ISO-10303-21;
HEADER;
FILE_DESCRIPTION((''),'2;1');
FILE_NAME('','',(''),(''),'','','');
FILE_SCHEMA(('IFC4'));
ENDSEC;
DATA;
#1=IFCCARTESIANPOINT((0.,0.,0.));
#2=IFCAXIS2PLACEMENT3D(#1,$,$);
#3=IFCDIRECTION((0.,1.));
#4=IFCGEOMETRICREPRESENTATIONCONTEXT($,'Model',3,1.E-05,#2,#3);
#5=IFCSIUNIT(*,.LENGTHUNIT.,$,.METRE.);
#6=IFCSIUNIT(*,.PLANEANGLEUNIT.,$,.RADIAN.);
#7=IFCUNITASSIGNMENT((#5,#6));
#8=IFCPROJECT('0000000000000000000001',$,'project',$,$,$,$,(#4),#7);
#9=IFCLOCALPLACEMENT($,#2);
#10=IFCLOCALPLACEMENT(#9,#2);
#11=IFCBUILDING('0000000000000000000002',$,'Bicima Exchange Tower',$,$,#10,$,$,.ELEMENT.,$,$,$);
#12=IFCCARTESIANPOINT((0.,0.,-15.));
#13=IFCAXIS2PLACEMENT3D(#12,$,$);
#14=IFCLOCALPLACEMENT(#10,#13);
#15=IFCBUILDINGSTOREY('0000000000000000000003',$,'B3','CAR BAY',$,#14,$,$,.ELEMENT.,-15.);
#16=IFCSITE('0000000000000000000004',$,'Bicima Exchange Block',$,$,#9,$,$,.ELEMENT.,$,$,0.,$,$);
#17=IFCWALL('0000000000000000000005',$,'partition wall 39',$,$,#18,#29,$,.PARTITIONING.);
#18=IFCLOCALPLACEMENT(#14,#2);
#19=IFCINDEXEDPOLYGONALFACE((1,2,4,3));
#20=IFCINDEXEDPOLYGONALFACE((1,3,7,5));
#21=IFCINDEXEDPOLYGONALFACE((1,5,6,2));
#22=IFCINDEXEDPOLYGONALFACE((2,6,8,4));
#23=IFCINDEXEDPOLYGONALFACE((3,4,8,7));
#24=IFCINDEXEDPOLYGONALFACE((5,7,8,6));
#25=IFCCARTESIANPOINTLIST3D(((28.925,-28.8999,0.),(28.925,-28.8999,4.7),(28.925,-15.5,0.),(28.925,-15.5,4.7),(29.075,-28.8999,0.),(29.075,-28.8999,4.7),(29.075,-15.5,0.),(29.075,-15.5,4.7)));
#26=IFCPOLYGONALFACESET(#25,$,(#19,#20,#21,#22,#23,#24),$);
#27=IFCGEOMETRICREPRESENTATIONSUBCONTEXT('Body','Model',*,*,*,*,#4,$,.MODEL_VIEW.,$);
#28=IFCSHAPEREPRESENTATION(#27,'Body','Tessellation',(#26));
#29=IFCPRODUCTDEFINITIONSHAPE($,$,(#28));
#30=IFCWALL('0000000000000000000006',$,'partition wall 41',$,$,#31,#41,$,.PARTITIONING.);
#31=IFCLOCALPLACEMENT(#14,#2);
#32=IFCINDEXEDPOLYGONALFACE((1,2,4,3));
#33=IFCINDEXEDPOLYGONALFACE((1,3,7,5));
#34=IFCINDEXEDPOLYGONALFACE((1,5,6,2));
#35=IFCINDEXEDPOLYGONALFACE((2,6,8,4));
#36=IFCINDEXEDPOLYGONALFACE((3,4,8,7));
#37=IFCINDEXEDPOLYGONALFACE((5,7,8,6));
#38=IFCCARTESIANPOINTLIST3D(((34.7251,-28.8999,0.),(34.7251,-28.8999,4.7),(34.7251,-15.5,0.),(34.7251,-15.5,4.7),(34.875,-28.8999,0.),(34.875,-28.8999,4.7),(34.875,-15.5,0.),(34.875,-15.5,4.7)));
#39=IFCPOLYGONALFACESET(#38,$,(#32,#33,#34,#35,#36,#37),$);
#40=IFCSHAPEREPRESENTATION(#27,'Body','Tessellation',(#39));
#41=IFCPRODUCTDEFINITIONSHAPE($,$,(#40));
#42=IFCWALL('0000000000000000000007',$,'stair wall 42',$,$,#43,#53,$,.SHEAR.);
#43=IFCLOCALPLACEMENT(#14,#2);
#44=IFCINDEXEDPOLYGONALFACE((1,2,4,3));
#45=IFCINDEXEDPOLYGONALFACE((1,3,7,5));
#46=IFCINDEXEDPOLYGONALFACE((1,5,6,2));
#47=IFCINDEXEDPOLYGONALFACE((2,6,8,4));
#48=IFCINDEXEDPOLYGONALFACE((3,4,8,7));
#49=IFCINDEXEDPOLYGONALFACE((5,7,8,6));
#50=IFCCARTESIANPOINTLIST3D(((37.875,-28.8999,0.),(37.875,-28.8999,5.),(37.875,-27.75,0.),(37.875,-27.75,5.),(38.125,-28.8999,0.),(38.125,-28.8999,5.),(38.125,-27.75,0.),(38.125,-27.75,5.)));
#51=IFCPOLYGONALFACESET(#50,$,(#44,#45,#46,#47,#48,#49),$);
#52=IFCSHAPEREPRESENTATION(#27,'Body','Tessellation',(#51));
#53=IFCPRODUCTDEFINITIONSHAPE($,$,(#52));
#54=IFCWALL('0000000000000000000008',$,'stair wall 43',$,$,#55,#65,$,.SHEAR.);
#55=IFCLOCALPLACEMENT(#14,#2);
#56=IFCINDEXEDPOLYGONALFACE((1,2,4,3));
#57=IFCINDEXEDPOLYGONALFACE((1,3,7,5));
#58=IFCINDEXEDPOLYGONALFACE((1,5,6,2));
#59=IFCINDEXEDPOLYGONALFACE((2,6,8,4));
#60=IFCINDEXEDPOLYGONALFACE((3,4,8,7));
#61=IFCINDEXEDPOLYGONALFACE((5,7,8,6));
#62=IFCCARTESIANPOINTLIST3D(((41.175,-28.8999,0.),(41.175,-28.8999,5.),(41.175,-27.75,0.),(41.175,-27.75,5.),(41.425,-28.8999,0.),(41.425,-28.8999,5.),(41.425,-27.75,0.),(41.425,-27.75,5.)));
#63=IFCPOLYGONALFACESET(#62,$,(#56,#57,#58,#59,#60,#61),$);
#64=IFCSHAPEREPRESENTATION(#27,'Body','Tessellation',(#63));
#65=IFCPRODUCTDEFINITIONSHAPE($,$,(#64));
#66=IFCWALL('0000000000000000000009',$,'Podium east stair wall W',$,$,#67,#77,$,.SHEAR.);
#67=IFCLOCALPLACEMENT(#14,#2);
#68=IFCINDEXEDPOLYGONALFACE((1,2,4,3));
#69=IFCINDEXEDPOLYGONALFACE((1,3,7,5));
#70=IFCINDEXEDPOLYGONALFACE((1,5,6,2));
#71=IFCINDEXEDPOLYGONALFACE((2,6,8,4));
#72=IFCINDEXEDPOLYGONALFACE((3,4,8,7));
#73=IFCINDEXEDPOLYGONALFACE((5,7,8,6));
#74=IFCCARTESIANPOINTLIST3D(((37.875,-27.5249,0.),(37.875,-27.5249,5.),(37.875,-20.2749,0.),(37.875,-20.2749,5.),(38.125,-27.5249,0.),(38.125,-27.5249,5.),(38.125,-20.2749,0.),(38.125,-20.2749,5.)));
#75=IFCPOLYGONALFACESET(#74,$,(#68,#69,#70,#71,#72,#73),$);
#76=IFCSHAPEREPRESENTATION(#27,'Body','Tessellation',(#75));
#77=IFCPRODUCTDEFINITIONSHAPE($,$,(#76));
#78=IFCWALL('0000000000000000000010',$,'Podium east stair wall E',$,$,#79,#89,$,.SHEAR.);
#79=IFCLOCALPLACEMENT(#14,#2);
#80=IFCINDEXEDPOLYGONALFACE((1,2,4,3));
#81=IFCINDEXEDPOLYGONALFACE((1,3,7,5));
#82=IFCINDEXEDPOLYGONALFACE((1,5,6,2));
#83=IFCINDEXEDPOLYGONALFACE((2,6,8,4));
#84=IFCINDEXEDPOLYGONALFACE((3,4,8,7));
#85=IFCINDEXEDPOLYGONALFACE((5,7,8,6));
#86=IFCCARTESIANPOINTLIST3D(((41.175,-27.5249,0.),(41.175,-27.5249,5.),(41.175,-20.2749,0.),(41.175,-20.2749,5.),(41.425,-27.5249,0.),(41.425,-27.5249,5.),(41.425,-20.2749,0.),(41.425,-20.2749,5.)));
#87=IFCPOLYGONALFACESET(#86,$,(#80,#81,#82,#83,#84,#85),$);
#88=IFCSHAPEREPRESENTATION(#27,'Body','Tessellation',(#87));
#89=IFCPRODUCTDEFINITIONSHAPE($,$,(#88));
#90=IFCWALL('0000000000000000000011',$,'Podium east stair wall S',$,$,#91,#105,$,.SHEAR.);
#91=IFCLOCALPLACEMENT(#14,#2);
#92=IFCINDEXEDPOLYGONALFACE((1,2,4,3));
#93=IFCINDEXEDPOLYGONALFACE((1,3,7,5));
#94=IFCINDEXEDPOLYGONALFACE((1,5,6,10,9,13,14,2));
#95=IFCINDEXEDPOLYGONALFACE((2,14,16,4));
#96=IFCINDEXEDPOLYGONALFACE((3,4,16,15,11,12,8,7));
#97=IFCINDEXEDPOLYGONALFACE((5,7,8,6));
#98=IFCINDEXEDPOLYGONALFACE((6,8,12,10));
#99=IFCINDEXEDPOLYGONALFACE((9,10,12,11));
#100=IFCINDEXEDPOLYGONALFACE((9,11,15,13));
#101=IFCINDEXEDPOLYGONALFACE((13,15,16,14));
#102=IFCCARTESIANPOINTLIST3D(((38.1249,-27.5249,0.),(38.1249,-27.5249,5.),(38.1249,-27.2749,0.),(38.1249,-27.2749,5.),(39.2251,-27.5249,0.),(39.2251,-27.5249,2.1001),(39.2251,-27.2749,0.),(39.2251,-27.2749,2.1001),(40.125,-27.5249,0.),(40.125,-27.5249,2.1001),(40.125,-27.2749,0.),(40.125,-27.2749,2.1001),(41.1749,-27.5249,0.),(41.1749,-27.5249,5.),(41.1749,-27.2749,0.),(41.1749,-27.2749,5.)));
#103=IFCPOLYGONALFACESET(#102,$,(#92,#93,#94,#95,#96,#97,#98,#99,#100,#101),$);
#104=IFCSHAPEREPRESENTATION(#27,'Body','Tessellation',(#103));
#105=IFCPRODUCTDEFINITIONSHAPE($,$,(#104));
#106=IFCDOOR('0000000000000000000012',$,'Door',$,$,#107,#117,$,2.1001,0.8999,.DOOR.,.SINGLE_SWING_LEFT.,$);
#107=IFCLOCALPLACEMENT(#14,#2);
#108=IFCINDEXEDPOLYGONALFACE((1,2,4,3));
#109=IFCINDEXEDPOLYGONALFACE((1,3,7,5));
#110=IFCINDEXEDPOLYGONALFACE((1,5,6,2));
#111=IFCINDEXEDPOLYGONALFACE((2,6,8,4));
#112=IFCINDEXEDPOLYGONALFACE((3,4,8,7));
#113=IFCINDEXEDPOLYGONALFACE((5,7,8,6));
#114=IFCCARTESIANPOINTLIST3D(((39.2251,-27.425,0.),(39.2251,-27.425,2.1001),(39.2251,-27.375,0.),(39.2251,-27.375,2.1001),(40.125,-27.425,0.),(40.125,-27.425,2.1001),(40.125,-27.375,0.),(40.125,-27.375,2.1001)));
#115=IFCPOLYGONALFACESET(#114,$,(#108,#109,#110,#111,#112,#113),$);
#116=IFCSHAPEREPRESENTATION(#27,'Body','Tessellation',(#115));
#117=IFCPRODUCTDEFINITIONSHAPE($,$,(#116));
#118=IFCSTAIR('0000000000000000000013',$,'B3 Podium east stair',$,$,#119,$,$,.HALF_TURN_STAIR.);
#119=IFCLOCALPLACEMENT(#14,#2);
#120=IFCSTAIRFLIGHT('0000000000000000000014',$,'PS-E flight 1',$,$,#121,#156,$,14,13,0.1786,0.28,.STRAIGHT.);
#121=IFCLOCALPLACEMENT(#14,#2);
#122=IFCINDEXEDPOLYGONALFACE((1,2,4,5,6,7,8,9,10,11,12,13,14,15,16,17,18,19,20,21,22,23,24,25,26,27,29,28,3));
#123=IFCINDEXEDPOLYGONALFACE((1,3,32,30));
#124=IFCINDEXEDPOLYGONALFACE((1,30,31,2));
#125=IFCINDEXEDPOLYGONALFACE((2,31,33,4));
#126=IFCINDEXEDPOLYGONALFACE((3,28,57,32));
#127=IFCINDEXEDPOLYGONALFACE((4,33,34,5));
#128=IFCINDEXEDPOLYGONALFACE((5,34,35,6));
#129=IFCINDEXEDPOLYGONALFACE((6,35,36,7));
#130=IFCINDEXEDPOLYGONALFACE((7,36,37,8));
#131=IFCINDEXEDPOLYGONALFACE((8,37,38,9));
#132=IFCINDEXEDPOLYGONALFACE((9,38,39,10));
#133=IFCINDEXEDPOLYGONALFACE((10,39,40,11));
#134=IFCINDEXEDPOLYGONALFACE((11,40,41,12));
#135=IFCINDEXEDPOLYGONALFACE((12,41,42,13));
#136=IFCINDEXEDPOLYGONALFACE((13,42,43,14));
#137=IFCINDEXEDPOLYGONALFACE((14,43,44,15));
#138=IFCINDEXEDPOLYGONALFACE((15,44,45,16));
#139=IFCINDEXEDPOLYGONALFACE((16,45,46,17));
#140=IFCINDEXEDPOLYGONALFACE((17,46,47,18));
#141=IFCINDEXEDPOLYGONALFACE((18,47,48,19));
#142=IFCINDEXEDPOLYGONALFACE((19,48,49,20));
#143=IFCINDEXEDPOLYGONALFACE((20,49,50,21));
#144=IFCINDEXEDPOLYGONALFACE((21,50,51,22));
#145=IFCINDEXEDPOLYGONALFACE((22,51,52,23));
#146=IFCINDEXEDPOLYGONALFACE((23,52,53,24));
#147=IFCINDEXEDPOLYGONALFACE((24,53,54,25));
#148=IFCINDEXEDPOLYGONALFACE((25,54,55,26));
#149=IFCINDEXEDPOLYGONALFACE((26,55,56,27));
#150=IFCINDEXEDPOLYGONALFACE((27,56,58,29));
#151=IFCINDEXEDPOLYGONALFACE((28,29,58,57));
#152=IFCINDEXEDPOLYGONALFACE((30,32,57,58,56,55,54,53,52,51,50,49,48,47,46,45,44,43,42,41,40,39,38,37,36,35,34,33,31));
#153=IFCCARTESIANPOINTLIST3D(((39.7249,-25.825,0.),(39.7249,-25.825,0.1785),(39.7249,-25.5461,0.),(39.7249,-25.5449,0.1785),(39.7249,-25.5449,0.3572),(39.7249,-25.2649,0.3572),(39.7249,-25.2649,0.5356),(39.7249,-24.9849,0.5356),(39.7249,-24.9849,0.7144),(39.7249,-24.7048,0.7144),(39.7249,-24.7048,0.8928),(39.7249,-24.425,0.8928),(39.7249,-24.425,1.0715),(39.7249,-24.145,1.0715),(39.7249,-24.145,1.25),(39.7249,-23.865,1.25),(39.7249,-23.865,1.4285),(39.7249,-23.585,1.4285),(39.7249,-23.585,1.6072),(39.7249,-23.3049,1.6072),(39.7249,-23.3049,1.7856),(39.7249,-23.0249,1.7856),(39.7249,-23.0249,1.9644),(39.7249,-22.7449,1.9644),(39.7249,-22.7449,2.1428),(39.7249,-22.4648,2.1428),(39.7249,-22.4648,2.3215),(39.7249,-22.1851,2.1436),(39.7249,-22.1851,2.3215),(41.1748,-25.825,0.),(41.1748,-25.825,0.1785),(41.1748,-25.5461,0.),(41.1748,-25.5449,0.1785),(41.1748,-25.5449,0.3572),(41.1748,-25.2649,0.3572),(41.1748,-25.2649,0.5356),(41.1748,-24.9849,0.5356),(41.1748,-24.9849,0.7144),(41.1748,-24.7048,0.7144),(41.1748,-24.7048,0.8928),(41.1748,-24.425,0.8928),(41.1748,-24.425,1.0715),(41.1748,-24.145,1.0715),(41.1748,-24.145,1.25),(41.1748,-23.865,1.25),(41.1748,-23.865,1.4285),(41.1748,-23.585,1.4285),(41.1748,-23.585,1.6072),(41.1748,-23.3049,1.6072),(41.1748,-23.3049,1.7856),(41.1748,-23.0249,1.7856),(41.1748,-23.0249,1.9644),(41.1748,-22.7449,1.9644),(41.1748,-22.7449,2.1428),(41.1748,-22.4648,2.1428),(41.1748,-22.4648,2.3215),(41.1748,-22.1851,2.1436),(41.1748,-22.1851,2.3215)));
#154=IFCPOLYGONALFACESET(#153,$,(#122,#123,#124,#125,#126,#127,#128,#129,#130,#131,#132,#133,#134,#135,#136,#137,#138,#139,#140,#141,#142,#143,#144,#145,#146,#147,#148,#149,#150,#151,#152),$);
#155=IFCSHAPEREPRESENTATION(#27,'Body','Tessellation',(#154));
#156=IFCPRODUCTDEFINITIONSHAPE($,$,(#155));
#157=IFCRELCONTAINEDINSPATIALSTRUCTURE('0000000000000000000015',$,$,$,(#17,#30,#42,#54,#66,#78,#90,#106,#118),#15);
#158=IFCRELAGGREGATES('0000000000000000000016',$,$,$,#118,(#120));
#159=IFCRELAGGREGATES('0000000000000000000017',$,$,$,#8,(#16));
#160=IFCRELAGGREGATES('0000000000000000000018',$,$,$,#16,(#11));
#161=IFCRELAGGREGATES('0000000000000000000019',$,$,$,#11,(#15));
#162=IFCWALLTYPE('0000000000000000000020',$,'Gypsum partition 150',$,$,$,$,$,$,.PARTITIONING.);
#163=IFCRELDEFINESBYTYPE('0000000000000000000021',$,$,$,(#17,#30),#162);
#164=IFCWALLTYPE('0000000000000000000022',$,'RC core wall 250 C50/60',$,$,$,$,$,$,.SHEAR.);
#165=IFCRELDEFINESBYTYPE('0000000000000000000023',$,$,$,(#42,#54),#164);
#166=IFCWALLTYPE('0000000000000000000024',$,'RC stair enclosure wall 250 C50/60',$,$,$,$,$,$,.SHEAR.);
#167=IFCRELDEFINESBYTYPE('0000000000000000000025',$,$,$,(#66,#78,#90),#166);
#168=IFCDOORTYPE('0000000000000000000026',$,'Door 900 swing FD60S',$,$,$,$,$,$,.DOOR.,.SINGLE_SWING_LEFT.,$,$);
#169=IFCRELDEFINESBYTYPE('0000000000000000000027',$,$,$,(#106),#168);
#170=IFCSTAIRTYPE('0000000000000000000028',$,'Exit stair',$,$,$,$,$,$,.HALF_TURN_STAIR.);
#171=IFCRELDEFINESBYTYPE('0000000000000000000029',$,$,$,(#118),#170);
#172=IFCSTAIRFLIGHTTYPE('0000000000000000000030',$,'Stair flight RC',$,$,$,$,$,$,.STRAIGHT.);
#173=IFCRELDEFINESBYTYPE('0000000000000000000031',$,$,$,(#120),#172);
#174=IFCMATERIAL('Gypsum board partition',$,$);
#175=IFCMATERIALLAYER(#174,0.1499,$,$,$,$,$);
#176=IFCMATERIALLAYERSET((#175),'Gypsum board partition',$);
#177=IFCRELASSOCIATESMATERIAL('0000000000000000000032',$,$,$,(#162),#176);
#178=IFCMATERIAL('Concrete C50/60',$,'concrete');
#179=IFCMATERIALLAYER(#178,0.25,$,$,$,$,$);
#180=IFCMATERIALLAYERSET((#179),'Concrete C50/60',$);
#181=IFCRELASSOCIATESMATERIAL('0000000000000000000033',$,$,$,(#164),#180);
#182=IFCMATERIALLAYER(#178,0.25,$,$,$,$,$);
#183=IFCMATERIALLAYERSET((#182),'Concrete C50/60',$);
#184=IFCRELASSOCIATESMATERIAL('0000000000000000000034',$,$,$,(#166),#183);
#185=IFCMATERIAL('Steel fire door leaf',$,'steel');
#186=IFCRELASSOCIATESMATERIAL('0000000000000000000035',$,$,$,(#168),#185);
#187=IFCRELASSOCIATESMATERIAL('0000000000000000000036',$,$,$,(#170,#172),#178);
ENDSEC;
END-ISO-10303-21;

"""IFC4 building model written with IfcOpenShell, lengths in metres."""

from ifc_helpers import new_model, si_unit, direction, frame, frame_2d, origin, place, context, subcontext, project, spatial, polyline, rectangle, outline, extrude, material, layer, layer_set, type_object, element, fill, aggregate, save


model = new_model("IFC4")

# Units and contexts
model_context = context("Model", 3, precision=1e-05, world=origin(), true_north=direction((0.0, 1.0)))
body_context = subcontext(model_context, "Body", "Model", "MODEL_VIEW")
ifc_project = project(units=[si_unit("LENGTHUNIT", "METRE"), si_unit("PLANEANGLEUNIT", "RADIAN")], contexts=[model_context])

# Site, building, storey
site_placement = place(None, origin())
site = spatial("IfcSite", under=ifc_project, at=site_placement, Name="Bicima Exchange Block", CompositionType="ELEMENT", RefElevation=0.0)
building_placement = place(site_placement, origin())
building = spatial("IfcBuilding", under=site, at=building_placement, Name="Bicima Exchange Tower", CompositionType="ELEMENT")
storey_placement = place(building_placement, frame((0.0, 0.0, -15.0)))
storey = spatial("IfcBuildingStorey", under=building, at=storey_placement, Name="B3", Description="CAR BAY", CompositionType="ELEMENT", Elevation=-15.0)

# Walls
ifc_material_1 = material(Name="Gypsum board partition")
ifc_layer_1 = layer(ifc_material_1, 0.1499)
ifc_layer_set_1 = layer_set([ifc_layer_1], Name="Gypsum board partition")
wall_type_1 = type_object("IfcWallType", Name="Gypsum partition 150", PredefinedType="PARTITIONING", material=ifc_layer_set_1)
for number, where, z_axis, x_axis, name in (
    (1, (29.0, -28.8999, 0.0), (0.0, 0.0, 1.0), (0.0, 1.0, 0.0), "partition wall 39"),
    (2, (34.8, -28.8999, 0.0), (0.0, 0.0, 1.0), (0.0, 1.0, 0.0), "partition wall 41"),
):
    element("IfcWall", number, at=place(storey_placement, frame(where, z_axis=z_axis, x_axis=x_axis)), inside=storey, type_object=wall_type_1, Name=name, PredefinedType="PARTITIONING", context=body_context, shape_type="SweptSolid", body=[
        extrude(rectangle(XDim=13.3999, YDim=0.1499, at=frame_2d((6.7, 0.0))), origin(), (0.0, 0.0, 1.0), 4.7),
    ])
ifc_material_2 = material(Name="Concrete C50/60", Category="concrete")
ifc_layer_2 = layer(ifc_material_2, 0.25)
ifc_layer_set_2 = layer_set([ifc_layer_2], Name="Concrete C50/60")
wall_type_2 = type_object("IfcWallType", Name="RC core wall 250 C50/60", PredefinedType="SHEAR", material=ifc_layer_set_2)
for number, where, z_axis, x_axis, name in (
    (3, (38.0, -28.8999, 0.0), (0.0, 0.0, 1.0), (0.0, 1.0, 0.0), "stair wall 42"),
    (4, (41.3, -28.8999, 0.0), (0.0, 0.0, 1.0), (0.0, 1.0, 0.0), "stair wall 43"),
):
    element("IfcWall", number, at=place(storey_placement, frame(where, z_axis=z_axis, x_axis=x_axis)), inside=storey, type_object=wall_type_2, Name=name, PredefinedType="SHEAR", context=body_context, shape_type="SweptSolid", body=[
        extrude(rectangle(XDim=1.1499, YDim=0.25, at=frame_2d((0.575, 0.0))), origin(), (0.0, 0.0, 1.0), 5.0),
    ])
ifc_layer_3 = layer(ifc_material_2, 0.25)
ifc_layer_set_3 = layer_set([ifc_layer_3], Name="Concrete C50/60")
wall_type_3 = type_object("IfcWallType", Name="RC stair enclosure wall 250 C50/60", PredefinedType="SHEAR", material=ifc_layer_set_3)
for number, where, z_axis, x_axis, name in (
    (5, (38.0, -27.5249, 0.0), (0.0, 0.0, 1.0), (0.0, 1.0, 0.0), "Podium east stair wall W"),
    (6, (41.3, -27.5249, 0.0), (0.0, 0.0, 1.0), (0.0, 1.0, 0.0), "Podium east stair wall E"),
):
    element("IfcWall", number, at=place(storey_placement, frame(where, z_axis=z_axis, x_axis=x_axis)), inside=storey, type_object=wall_type_3, Name=name, PredefinedType="SHEAR", context=body_context, shape_type="SweptSolid", body=[
        extrude(rectangle(XDim=7.25, YDim=0.25, at=frame_2d((3.625, 0.0))), origin(), (0.0, 0.0, 1.0), 5.0),
    ])

# Wall, opening, door
wall_placement = place(storey_placement, frame((38.125, -27.3999, 0.0), z_axis=(0.0, 0.0, 1.0), x_axis=(1.0, 0.0, 0.0)))
wall = element("IfcWall", 7, at=wall_placement, inside=storey, type_object=wall_type_3, Name="Podium east stair wall S", PredefinedType="SHEAR", context=body_context, shape_type="SweptSolid", body=[
    extrude(rectangle(XDim=3.05, YDim=0.25, at=frame_2d((1.5249, 0.0))), origin(), (0.0, 0.0, 1.0), 5.0),
])
opening_placement = place(wall_placement, frame((1.1001, 0.0, 0.0)))
opening = element("IfcOpeningElement", 8, at=opening_placement, cuts=wall, PredefinedType="OPENING", context=body_context, shape_type="SweptSolid", body=[
    extrude(rectangle(XDim=0.8999, YDim=2.1001, at=frame_2d((0.45, 1.05))), frame((0.0, 0.137, 0.0), z_axis=(0.0, -1.0, 0.0), x_axis=(1.0, 0.0, 0.0)), (0.0, 0.0, 1.0), 0.2739),
])
ifc_material_3 = material(Name="Steel fire door leaf", Category="steel")
door_type = type_object("IfcDoorType", Name="Door 900 swing FD60S", OperationType="SINGLE_SWING_LEFT", PredefinedType="DOOR", material=ifc_material_3)
door_placement = place(opening_placement, origin())
door = element("IfcDoor", 9, at=door_placement, inside=storey, type_object=door_type, Name="Door", OperationType="SINGLE_SWING_LEFT", OverallHeight=2.1001, OverallWidth=0.8999, PredefinedType="DOOR", context=body_context, shape_type="SweptSolid", body=[
    extrude(rectangle(XDim=0.8999, YDim=2.1001, at=frame_2d((0.45, 1.05))), frame((0.0, 0.0249, 0.0), z_axis=(0.0, -1.0, 0.0), x_axis=(1.0, 0.0, 0.0)), (0.0, 0.0, 1.0), 0.05),
])
fill(opening, door)

# Stair, stair flight
stair_type = type_object("IfcStairType", Name="Exit stair", PredefinedType="HALF_TURN_STAIR", material=ifc_material_2)
stair_placement = place(storey_placement, origin())
stair = element("IfcStair", 10, at=stair_placement, inside=storey, type_object=stair_type, Name="B3 Podium east stair", PredefinedType="HALF_TURN_STAIR")
stair_flight_type = type_object("IfcStairFlightType", Name="Stair flight RC", PredefinedType="STRAIGHT", material=ifc_material_2)
stair_flight_1_placement = place(storey_placement, frame((40.45, -25.825, 0.0), z_axis=(0.0, 0.0, 1.0), x_axis=(0.0, 1.0, 0.0)))
stair_flight_1 = element("IfcStairFlight", 11, at=stair_flight_1_placement, type_object=stair_flight_type, Name="PS-E flight 1", NumberOfRisers=14, NumberOfTreads=13, PredefinedType="STRAIGHT", RiserHeight=0.1786, TreadLength=0.28, context=body_context, shape_type="SweptSolid", body=[
    extrude(outline(polyline([(0.0, 0.0), (0.0, 0.1785), (0.28, 0.1785), (0.28, 0.3572), (0.5601, 0.3572), (0.5601, 0.5356), (0.8401, 0.5356), (0.8401, 0.7144), (1.1201, 0.7144), (1.1201, 0.8928), (1.3999, 0.8928), (1.3999, 1.0715), (1.6799, 1.0715), (1.6799, 1.25), (1.96, 1.25), (1.96, 1.4285), (2.24, 1.4285), (2.24, 1.6072), (2.52, 1.6072), (2.52, 1.7856), (2.8, 1.7856), (2.8, 1.9644), (3.0801, 1.9644), (3.0801, 2.1428), (3.3601, 2.1428), (3.3601, 2.3215), (3.6399, 2.3215), (3.6399, 2.5), (3.6399, 2.1436), (0.2788, 0.0), (0.0, 0.0)])), frame((0.0, 0.7251, 0.0), z_axis=(0.0, -1.0, 0.0), x_axis=(1.0, 0.0, 0.0)), (0.0, 0.0, 1.0), 1.45),
])
aggregate(stair, [stair_flight_1])

save(model, "model.ifc")
